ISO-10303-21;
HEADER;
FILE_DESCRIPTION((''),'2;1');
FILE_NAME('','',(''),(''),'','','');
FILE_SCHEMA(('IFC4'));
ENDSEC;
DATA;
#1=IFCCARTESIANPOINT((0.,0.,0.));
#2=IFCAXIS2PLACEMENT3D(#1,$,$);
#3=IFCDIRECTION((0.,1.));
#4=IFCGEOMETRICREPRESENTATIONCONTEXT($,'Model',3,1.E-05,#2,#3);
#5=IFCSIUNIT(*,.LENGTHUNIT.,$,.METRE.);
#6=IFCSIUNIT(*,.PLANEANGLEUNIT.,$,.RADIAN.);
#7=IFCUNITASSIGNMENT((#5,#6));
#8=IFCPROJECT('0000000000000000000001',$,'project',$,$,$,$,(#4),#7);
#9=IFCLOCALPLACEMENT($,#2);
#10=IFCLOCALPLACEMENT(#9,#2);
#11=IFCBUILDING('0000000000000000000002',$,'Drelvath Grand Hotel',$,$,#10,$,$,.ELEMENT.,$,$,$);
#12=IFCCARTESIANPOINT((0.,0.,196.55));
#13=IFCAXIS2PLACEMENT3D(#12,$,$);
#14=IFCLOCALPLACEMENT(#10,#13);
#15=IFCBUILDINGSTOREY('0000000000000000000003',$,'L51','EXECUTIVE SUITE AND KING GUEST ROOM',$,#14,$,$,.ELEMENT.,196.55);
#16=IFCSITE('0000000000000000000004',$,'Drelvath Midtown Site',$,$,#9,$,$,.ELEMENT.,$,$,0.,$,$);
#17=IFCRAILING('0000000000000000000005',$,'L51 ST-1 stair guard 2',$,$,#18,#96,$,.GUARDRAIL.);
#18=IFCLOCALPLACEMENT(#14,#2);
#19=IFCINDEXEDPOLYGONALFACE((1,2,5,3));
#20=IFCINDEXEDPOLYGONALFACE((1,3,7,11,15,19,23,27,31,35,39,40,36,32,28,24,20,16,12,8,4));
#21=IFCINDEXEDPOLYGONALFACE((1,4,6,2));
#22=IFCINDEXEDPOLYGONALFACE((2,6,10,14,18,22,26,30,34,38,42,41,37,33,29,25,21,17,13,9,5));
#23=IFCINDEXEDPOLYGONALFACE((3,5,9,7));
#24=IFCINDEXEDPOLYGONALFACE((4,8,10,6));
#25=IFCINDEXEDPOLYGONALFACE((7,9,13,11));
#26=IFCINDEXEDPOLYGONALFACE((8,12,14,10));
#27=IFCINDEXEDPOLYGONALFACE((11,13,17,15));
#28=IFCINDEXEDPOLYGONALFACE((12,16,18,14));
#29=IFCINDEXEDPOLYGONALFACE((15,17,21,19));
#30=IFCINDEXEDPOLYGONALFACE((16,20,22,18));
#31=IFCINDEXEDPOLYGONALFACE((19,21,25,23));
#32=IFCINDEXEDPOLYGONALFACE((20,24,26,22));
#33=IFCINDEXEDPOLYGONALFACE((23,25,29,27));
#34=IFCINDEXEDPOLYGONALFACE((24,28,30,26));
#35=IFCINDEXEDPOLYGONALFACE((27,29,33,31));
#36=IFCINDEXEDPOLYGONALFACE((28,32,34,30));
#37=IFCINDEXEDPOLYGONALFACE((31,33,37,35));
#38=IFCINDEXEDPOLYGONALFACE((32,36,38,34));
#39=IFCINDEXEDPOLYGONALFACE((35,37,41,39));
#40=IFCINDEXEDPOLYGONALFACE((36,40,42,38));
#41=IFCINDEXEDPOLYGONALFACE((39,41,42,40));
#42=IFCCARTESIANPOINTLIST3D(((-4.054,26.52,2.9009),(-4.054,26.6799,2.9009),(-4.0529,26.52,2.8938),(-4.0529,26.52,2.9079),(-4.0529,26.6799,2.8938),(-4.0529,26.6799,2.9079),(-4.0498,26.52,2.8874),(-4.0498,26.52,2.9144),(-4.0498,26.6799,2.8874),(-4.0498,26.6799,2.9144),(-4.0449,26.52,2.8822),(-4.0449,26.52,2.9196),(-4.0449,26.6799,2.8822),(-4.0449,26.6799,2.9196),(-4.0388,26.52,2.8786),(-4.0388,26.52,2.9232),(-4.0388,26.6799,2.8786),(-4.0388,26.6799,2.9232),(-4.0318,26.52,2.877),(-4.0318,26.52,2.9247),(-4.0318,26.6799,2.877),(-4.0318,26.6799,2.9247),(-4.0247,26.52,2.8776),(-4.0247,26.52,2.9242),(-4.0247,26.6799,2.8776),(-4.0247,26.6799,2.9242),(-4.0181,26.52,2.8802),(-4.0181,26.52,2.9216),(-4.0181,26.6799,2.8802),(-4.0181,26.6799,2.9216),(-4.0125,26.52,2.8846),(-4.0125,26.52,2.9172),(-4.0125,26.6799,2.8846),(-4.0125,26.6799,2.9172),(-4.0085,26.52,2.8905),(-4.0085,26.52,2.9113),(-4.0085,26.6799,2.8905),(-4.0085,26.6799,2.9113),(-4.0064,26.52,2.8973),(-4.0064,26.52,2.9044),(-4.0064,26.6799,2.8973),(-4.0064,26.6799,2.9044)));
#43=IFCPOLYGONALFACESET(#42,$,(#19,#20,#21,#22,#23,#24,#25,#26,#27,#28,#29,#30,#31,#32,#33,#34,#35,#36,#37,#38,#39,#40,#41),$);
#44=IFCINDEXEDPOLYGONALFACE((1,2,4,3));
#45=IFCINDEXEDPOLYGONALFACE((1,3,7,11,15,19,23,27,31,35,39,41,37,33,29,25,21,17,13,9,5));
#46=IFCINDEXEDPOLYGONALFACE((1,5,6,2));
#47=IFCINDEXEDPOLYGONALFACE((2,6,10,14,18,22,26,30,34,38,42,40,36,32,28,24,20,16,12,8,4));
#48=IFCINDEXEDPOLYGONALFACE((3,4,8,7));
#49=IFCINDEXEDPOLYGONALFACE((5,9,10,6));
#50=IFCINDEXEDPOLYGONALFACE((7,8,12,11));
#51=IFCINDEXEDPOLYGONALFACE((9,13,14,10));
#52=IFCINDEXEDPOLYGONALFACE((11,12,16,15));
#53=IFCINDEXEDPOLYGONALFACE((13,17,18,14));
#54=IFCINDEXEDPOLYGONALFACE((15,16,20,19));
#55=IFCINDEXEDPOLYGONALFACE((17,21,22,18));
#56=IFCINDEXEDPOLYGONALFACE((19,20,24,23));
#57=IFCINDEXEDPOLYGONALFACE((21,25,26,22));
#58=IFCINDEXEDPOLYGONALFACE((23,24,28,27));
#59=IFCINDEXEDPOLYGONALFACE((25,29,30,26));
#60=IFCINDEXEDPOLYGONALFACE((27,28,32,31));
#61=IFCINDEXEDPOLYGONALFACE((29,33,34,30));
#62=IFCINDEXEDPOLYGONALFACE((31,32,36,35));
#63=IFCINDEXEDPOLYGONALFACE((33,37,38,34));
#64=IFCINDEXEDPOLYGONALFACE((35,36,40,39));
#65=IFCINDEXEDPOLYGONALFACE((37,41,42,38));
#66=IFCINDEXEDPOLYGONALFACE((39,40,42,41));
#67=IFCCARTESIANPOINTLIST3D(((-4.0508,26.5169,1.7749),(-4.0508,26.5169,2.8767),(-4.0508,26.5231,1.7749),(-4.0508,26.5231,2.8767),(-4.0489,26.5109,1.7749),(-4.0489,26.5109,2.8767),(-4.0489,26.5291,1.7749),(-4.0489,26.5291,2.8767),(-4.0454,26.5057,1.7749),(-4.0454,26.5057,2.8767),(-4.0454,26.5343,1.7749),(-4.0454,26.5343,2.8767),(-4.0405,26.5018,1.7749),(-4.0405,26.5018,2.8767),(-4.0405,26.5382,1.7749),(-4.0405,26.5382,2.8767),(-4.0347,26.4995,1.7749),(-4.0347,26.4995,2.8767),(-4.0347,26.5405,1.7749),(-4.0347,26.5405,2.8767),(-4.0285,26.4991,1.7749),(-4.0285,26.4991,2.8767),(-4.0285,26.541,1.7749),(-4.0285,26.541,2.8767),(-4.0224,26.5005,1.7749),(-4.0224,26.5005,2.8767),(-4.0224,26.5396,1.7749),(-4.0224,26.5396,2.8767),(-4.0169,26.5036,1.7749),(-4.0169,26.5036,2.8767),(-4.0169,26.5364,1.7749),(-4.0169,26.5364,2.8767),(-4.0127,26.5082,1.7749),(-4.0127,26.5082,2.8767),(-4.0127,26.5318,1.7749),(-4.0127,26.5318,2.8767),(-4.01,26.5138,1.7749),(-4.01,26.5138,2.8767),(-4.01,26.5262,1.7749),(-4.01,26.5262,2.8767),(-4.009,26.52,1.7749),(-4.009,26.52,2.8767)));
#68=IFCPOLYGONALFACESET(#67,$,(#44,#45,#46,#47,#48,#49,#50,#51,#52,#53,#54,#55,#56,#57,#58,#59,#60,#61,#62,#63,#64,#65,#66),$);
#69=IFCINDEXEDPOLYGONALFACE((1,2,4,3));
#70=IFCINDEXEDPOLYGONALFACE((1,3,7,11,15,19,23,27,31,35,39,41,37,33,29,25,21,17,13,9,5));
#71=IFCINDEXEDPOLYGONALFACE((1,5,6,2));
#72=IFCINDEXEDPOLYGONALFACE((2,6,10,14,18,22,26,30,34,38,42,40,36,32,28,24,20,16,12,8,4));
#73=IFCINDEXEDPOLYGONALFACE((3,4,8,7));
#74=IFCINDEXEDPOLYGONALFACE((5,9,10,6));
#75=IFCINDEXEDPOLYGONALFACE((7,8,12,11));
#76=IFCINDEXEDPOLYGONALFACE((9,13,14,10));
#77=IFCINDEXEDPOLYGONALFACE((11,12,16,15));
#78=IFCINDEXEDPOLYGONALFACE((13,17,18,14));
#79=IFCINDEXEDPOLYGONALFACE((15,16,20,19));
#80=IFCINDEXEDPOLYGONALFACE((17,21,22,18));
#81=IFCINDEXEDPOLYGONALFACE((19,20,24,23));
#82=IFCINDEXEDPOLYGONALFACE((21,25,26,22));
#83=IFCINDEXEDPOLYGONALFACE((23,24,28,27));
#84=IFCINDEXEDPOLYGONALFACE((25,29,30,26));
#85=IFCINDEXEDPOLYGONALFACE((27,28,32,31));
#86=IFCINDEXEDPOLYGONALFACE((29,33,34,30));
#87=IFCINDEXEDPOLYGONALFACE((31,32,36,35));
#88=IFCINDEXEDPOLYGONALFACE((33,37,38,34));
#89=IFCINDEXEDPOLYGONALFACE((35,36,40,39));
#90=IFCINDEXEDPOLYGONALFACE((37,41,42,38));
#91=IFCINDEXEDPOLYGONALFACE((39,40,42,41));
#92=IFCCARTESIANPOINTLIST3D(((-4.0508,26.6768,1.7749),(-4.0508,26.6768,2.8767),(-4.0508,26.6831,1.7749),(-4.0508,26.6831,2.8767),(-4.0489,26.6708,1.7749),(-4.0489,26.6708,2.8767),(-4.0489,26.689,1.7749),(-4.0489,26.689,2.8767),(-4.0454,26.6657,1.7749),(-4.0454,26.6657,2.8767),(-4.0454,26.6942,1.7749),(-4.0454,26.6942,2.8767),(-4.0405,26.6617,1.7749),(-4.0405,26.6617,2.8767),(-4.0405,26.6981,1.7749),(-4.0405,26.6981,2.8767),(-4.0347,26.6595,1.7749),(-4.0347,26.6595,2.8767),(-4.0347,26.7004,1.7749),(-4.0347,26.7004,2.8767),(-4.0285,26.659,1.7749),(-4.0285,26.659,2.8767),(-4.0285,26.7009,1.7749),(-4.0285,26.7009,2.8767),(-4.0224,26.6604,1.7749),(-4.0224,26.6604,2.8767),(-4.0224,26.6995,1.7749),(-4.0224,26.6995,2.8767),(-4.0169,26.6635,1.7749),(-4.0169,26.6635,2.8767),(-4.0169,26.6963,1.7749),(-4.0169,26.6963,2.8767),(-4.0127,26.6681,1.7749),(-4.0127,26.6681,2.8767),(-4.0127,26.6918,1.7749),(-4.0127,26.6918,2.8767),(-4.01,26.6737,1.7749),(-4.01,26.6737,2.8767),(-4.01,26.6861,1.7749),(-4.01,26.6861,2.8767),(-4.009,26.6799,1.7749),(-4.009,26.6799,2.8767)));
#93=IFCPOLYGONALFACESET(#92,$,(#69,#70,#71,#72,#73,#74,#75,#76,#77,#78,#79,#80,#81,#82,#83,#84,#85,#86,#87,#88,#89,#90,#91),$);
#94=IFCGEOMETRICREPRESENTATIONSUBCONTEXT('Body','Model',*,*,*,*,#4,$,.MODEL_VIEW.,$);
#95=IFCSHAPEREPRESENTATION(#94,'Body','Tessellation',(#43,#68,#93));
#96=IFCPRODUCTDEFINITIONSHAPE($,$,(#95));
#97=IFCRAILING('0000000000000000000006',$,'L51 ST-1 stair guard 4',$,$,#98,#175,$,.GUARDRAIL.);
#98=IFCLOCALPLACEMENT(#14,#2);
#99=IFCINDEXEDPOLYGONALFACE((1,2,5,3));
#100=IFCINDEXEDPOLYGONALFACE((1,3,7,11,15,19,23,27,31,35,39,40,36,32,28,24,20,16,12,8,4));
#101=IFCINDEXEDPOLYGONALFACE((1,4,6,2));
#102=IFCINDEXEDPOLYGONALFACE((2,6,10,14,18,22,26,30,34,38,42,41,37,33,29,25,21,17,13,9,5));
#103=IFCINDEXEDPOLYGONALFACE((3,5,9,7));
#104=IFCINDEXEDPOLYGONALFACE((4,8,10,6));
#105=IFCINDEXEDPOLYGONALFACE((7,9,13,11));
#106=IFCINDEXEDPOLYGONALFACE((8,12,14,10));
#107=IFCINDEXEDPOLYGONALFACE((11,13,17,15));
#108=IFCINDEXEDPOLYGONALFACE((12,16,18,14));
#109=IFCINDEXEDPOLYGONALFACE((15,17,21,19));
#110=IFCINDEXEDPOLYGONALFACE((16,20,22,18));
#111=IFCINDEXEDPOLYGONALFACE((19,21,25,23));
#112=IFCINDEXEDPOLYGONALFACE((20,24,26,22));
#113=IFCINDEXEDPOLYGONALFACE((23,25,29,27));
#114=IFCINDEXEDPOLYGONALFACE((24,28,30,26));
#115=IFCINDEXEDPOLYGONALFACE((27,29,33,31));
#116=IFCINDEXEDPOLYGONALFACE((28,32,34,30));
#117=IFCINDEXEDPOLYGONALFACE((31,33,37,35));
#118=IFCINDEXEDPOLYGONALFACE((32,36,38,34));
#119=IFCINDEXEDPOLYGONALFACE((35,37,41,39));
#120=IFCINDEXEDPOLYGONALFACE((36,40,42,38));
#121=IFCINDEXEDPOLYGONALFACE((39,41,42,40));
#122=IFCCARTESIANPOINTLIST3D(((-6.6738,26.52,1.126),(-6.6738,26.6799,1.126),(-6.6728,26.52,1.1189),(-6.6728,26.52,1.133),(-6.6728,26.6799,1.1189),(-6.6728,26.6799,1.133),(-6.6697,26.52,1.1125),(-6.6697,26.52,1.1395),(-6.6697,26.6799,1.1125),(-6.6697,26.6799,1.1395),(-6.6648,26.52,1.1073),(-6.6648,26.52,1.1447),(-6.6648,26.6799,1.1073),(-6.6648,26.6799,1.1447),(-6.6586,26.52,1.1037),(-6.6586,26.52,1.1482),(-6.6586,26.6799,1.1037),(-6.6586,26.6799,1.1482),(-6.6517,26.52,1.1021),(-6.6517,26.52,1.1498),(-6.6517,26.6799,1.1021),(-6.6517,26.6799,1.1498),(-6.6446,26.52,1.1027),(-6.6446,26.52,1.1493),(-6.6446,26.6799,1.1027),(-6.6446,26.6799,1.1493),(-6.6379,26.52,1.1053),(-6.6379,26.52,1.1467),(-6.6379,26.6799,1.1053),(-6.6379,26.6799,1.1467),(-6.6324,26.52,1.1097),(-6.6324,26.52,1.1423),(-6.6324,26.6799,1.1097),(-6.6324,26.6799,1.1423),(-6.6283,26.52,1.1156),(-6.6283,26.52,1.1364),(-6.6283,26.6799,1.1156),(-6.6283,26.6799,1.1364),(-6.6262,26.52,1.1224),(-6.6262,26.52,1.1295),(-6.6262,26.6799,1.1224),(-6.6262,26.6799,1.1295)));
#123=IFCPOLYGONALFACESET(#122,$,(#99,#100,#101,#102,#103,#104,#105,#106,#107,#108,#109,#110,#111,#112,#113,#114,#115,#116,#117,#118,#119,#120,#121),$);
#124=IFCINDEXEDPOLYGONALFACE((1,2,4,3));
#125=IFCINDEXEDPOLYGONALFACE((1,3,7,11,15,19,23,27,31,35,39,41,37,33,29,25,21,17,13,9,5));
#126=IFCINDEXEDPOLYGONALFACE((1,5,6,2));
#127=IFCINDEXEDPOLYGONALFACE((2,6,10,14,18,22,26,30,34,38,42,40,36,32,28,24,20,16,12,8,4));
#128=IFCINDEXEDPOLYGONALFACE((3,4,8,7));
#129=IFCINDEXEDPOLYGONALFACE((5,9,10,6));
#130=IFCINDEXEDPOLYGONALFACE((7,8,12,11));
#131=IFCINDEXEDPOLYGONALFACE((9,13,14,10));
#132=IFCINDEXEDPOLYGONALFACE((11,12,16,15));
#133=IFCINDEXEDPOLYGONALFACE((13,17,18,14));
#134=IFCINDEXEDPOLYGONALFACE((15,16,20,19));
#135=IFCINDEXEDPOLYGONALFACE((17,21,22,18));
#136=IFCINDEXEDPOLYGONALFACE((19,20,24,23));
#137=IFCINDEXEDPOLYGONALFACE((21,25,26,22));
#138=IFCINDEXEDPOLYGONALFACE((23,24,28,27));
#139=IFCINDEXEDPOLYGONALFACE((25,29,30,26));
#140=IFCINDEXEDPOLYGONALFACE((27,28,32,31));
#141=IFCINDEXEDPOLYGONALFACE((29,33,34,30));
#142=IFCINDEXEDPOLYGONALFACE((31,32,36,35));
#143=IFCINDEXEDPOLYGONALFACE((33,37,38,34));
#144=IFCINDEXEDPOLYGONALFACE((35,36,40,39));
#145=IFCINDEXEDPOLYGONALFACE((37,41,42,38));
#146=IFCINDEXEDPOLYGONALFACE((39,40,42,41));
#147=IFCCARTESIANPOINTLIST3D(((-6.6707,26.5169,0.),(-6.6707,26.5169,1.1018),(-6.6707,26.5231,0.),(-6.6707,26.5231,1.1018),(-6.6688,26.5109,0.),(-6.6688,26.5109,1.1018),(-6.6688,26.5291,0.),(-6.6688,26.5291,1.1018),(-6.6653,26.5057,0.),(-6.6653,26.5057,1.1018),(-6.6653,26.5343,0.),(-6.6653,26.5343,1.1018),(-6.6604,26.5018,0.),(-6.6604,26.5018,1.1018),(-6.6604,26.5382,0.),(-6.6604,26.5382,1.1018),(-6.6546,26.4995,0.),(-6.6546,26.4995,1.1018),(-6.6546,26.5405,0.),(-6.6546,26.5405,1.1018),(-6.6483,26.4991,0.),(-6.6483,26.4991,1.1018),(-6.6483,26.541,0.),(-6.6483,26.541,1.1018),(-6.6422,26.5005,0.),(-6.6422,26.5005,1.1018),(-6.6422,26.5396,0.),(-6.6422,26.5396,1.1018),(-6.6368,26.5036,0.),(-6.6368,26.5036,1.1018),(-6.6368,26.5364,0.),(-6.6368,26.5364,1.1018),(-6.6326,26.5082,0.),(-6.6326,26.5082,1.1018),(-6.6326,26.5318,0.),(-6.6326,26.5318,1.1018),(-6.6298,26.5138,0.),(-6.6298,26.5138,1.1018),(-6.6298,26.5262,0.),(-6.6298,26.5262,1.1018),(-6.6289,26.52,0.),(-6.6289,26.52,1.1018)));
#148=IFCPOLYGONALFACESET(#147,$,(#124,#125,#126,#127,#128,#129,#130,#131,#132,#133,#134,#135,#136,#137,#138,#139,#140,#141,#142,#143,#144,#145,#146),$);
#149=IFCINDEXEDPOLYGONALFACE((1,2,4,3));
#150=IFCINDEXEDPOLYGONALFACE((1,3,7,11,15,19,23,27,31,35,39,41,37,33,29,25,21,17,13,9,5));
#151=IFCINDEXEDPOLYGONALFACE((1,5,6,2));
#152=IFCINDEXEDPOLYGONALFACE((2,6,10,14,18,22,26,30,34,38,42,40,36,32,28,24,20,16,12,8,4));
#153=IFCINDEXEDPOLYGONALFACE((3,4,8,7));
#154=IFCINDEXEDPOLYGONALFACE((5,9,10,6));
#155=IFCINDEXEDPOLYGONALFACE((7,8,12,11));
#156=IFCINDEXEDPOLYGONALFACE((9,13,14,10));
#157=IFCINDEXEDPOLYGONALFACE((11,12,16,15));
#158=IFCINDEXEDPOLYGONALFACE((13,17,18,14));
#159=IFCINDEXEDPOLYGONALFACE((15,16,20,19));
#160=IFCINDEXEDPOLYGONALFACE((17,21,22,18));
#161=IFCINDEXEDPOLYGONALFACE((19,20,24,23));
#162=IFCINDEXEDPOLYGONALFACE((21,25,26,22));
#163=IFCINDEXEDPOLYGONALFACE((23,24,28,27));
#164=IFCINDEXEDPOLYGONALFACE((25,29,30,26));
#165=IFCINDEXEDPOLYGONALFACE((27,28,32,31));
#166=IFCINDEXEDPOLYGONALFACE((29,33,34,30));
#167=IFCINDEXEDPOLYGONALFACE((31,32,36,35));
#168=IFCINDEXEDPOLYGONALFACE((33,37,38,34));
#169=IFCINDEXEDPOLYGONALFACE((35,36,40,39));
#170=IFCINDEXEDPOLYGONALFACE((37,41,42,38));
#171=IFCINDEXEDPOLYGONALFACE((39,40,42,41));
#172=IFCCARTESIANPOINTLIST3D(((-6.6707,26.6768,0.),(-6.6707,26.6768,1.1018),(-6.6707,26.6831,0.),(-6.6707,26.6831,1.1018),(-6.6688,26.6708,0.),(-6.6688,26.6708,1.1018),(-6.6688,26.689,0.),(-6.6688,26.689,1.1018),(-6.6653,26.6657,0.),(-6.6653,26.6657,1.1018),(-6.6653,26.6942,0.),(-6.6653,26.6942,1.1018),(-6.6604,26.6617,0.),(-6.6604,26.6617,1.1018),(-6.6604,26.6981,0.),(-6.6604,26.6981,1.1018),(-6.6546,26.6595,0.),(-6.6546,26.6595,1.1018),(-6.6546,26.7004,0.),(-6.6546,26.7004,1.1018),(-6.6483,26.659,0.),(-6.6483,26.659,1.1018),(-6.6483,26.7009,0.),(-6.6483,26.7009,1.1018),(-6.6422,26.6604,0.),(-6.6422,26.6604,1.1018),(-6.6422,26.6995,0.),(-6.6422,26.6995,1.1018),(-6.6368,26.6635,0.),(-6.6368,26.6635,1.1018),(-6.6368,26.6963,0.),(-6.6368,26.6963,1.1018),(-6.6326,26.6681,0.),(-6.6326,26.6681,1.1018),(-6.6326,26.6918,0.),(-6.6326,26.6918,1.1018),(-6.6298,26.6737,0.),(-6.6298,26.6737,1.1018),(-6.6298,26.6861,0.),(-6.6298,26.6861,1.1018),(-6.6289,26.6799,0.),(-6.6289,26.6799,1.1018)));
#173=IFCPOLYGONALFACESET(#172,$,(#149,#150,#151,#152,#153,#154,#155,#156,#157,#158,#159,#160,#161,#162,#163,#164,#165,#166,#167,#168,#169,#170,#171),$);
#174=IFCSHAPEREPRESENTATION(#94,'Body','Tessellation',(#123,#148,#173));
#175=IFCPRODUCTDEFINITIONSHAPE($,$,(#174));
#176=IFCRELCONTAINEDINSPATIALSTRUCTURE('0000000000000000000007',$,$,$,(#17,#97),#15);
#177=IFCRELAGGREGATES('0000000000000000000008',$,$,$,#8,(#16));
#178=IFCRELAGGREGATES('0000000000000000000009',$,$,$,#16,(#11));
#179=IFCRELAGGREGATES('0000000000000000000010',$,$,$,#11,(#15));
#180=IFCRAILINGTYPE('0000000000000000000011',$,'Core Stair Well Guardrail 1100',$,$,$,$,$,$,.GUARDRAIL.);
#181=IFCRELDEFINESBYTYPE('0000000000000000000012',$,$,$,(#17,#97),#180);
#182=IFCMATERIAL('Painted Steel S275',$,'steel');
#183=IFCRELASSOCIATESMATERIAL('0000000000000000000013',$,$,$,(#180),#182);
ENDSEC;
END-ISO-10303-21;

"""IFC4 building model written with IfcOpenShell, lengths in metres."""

from ifc_helpers import new_model, si_unit, direction, frame, origin, origin_2d, place, context, subcontext, project, spatial, circle, extrude, material, type_object, element, save


model = new_model("IFC4")

# Units and contexts
model_context = context("Model", 3, precision=1e-05, world=origin(), true_north=direction((0.0, 1.0)))
body_context = subcontext(model_context, "Body", "Model", "MODEL_VIEW")
ifc_project = project(units=[si_unit("LENGTHUNIT", "METRE"), si_unit("PLANEANGLEUNIT", "RADIAN")], contexts=[model_context])

# Site, building, storey
site_placement = place(None, origin())
site = spatial("IfcSite", under=ifc_project, at=site_placement, Name="Drelvath Midtown Site", CompositionType="ELEMENT", RefElevation=0.0)
building_placement = place(site_placement, origin())
building = spatial("IfcBuilding", under=site, at=building_placement, Name="Drelvath Grand Hotel", CompositionType="ELEMENT")
storey_placement = place(building_placement, frame((0.0, 0.0, 196.55)))
storey = spatial("IfcBuildingStorey", under=building, at=storey_placement, Name="L51", Description="EXECUTIVE SUITE AND KING GUEST ROOM", CompositionType="ELEMENT", Elevation=196.55)

# Shared definitions
ifc_material_1 = material(Name="Painted Steel S275", Category="steel")

# Railings
railing_type_1 = type_object("IfcRailingType", Name="Core Stair Well Guardrail 1100", PredefinedType="GUARDRAIL", material=ifc_material_1)
for number, where, name in (
    (1, (-4.03, 26.52, 1.7749), "L51 ST-1 stair guard 2"),
    (2, (-6.6499, 26.52, 0.0), "L51 ST-1 stair guard 4"),
):
    element("IfcRailing", number, at=place(storey_placement, frame(where)), inside=storey, type_object=railing_type_1, Name=name, PredefinedType="GUARDRAIL", context=body_context, shape_type="SweptSolid", body=[
        extrude(circle(Radius=0.0239, at=origin_2d()), frame((0.0, 0.0, 1.126), z_axis=(0.0, 1.0, 0.0), x_axis=(-1.0, 0.0, 0.0)), (0.0, 0.0, 1.0), 0.1599),
        extrude(circle(Radius=0.021, at=origin_2d()), origin(), (0.0, 0.0, 1.0), 1.1018),
        extrude(circle(Radius=0.021, at=origin_2d()), frame((0.0, 0.1599, 0.0)), (0.0, 0.0, 1.0), 1.1018),
    ])

save(model, "model.ifc")
